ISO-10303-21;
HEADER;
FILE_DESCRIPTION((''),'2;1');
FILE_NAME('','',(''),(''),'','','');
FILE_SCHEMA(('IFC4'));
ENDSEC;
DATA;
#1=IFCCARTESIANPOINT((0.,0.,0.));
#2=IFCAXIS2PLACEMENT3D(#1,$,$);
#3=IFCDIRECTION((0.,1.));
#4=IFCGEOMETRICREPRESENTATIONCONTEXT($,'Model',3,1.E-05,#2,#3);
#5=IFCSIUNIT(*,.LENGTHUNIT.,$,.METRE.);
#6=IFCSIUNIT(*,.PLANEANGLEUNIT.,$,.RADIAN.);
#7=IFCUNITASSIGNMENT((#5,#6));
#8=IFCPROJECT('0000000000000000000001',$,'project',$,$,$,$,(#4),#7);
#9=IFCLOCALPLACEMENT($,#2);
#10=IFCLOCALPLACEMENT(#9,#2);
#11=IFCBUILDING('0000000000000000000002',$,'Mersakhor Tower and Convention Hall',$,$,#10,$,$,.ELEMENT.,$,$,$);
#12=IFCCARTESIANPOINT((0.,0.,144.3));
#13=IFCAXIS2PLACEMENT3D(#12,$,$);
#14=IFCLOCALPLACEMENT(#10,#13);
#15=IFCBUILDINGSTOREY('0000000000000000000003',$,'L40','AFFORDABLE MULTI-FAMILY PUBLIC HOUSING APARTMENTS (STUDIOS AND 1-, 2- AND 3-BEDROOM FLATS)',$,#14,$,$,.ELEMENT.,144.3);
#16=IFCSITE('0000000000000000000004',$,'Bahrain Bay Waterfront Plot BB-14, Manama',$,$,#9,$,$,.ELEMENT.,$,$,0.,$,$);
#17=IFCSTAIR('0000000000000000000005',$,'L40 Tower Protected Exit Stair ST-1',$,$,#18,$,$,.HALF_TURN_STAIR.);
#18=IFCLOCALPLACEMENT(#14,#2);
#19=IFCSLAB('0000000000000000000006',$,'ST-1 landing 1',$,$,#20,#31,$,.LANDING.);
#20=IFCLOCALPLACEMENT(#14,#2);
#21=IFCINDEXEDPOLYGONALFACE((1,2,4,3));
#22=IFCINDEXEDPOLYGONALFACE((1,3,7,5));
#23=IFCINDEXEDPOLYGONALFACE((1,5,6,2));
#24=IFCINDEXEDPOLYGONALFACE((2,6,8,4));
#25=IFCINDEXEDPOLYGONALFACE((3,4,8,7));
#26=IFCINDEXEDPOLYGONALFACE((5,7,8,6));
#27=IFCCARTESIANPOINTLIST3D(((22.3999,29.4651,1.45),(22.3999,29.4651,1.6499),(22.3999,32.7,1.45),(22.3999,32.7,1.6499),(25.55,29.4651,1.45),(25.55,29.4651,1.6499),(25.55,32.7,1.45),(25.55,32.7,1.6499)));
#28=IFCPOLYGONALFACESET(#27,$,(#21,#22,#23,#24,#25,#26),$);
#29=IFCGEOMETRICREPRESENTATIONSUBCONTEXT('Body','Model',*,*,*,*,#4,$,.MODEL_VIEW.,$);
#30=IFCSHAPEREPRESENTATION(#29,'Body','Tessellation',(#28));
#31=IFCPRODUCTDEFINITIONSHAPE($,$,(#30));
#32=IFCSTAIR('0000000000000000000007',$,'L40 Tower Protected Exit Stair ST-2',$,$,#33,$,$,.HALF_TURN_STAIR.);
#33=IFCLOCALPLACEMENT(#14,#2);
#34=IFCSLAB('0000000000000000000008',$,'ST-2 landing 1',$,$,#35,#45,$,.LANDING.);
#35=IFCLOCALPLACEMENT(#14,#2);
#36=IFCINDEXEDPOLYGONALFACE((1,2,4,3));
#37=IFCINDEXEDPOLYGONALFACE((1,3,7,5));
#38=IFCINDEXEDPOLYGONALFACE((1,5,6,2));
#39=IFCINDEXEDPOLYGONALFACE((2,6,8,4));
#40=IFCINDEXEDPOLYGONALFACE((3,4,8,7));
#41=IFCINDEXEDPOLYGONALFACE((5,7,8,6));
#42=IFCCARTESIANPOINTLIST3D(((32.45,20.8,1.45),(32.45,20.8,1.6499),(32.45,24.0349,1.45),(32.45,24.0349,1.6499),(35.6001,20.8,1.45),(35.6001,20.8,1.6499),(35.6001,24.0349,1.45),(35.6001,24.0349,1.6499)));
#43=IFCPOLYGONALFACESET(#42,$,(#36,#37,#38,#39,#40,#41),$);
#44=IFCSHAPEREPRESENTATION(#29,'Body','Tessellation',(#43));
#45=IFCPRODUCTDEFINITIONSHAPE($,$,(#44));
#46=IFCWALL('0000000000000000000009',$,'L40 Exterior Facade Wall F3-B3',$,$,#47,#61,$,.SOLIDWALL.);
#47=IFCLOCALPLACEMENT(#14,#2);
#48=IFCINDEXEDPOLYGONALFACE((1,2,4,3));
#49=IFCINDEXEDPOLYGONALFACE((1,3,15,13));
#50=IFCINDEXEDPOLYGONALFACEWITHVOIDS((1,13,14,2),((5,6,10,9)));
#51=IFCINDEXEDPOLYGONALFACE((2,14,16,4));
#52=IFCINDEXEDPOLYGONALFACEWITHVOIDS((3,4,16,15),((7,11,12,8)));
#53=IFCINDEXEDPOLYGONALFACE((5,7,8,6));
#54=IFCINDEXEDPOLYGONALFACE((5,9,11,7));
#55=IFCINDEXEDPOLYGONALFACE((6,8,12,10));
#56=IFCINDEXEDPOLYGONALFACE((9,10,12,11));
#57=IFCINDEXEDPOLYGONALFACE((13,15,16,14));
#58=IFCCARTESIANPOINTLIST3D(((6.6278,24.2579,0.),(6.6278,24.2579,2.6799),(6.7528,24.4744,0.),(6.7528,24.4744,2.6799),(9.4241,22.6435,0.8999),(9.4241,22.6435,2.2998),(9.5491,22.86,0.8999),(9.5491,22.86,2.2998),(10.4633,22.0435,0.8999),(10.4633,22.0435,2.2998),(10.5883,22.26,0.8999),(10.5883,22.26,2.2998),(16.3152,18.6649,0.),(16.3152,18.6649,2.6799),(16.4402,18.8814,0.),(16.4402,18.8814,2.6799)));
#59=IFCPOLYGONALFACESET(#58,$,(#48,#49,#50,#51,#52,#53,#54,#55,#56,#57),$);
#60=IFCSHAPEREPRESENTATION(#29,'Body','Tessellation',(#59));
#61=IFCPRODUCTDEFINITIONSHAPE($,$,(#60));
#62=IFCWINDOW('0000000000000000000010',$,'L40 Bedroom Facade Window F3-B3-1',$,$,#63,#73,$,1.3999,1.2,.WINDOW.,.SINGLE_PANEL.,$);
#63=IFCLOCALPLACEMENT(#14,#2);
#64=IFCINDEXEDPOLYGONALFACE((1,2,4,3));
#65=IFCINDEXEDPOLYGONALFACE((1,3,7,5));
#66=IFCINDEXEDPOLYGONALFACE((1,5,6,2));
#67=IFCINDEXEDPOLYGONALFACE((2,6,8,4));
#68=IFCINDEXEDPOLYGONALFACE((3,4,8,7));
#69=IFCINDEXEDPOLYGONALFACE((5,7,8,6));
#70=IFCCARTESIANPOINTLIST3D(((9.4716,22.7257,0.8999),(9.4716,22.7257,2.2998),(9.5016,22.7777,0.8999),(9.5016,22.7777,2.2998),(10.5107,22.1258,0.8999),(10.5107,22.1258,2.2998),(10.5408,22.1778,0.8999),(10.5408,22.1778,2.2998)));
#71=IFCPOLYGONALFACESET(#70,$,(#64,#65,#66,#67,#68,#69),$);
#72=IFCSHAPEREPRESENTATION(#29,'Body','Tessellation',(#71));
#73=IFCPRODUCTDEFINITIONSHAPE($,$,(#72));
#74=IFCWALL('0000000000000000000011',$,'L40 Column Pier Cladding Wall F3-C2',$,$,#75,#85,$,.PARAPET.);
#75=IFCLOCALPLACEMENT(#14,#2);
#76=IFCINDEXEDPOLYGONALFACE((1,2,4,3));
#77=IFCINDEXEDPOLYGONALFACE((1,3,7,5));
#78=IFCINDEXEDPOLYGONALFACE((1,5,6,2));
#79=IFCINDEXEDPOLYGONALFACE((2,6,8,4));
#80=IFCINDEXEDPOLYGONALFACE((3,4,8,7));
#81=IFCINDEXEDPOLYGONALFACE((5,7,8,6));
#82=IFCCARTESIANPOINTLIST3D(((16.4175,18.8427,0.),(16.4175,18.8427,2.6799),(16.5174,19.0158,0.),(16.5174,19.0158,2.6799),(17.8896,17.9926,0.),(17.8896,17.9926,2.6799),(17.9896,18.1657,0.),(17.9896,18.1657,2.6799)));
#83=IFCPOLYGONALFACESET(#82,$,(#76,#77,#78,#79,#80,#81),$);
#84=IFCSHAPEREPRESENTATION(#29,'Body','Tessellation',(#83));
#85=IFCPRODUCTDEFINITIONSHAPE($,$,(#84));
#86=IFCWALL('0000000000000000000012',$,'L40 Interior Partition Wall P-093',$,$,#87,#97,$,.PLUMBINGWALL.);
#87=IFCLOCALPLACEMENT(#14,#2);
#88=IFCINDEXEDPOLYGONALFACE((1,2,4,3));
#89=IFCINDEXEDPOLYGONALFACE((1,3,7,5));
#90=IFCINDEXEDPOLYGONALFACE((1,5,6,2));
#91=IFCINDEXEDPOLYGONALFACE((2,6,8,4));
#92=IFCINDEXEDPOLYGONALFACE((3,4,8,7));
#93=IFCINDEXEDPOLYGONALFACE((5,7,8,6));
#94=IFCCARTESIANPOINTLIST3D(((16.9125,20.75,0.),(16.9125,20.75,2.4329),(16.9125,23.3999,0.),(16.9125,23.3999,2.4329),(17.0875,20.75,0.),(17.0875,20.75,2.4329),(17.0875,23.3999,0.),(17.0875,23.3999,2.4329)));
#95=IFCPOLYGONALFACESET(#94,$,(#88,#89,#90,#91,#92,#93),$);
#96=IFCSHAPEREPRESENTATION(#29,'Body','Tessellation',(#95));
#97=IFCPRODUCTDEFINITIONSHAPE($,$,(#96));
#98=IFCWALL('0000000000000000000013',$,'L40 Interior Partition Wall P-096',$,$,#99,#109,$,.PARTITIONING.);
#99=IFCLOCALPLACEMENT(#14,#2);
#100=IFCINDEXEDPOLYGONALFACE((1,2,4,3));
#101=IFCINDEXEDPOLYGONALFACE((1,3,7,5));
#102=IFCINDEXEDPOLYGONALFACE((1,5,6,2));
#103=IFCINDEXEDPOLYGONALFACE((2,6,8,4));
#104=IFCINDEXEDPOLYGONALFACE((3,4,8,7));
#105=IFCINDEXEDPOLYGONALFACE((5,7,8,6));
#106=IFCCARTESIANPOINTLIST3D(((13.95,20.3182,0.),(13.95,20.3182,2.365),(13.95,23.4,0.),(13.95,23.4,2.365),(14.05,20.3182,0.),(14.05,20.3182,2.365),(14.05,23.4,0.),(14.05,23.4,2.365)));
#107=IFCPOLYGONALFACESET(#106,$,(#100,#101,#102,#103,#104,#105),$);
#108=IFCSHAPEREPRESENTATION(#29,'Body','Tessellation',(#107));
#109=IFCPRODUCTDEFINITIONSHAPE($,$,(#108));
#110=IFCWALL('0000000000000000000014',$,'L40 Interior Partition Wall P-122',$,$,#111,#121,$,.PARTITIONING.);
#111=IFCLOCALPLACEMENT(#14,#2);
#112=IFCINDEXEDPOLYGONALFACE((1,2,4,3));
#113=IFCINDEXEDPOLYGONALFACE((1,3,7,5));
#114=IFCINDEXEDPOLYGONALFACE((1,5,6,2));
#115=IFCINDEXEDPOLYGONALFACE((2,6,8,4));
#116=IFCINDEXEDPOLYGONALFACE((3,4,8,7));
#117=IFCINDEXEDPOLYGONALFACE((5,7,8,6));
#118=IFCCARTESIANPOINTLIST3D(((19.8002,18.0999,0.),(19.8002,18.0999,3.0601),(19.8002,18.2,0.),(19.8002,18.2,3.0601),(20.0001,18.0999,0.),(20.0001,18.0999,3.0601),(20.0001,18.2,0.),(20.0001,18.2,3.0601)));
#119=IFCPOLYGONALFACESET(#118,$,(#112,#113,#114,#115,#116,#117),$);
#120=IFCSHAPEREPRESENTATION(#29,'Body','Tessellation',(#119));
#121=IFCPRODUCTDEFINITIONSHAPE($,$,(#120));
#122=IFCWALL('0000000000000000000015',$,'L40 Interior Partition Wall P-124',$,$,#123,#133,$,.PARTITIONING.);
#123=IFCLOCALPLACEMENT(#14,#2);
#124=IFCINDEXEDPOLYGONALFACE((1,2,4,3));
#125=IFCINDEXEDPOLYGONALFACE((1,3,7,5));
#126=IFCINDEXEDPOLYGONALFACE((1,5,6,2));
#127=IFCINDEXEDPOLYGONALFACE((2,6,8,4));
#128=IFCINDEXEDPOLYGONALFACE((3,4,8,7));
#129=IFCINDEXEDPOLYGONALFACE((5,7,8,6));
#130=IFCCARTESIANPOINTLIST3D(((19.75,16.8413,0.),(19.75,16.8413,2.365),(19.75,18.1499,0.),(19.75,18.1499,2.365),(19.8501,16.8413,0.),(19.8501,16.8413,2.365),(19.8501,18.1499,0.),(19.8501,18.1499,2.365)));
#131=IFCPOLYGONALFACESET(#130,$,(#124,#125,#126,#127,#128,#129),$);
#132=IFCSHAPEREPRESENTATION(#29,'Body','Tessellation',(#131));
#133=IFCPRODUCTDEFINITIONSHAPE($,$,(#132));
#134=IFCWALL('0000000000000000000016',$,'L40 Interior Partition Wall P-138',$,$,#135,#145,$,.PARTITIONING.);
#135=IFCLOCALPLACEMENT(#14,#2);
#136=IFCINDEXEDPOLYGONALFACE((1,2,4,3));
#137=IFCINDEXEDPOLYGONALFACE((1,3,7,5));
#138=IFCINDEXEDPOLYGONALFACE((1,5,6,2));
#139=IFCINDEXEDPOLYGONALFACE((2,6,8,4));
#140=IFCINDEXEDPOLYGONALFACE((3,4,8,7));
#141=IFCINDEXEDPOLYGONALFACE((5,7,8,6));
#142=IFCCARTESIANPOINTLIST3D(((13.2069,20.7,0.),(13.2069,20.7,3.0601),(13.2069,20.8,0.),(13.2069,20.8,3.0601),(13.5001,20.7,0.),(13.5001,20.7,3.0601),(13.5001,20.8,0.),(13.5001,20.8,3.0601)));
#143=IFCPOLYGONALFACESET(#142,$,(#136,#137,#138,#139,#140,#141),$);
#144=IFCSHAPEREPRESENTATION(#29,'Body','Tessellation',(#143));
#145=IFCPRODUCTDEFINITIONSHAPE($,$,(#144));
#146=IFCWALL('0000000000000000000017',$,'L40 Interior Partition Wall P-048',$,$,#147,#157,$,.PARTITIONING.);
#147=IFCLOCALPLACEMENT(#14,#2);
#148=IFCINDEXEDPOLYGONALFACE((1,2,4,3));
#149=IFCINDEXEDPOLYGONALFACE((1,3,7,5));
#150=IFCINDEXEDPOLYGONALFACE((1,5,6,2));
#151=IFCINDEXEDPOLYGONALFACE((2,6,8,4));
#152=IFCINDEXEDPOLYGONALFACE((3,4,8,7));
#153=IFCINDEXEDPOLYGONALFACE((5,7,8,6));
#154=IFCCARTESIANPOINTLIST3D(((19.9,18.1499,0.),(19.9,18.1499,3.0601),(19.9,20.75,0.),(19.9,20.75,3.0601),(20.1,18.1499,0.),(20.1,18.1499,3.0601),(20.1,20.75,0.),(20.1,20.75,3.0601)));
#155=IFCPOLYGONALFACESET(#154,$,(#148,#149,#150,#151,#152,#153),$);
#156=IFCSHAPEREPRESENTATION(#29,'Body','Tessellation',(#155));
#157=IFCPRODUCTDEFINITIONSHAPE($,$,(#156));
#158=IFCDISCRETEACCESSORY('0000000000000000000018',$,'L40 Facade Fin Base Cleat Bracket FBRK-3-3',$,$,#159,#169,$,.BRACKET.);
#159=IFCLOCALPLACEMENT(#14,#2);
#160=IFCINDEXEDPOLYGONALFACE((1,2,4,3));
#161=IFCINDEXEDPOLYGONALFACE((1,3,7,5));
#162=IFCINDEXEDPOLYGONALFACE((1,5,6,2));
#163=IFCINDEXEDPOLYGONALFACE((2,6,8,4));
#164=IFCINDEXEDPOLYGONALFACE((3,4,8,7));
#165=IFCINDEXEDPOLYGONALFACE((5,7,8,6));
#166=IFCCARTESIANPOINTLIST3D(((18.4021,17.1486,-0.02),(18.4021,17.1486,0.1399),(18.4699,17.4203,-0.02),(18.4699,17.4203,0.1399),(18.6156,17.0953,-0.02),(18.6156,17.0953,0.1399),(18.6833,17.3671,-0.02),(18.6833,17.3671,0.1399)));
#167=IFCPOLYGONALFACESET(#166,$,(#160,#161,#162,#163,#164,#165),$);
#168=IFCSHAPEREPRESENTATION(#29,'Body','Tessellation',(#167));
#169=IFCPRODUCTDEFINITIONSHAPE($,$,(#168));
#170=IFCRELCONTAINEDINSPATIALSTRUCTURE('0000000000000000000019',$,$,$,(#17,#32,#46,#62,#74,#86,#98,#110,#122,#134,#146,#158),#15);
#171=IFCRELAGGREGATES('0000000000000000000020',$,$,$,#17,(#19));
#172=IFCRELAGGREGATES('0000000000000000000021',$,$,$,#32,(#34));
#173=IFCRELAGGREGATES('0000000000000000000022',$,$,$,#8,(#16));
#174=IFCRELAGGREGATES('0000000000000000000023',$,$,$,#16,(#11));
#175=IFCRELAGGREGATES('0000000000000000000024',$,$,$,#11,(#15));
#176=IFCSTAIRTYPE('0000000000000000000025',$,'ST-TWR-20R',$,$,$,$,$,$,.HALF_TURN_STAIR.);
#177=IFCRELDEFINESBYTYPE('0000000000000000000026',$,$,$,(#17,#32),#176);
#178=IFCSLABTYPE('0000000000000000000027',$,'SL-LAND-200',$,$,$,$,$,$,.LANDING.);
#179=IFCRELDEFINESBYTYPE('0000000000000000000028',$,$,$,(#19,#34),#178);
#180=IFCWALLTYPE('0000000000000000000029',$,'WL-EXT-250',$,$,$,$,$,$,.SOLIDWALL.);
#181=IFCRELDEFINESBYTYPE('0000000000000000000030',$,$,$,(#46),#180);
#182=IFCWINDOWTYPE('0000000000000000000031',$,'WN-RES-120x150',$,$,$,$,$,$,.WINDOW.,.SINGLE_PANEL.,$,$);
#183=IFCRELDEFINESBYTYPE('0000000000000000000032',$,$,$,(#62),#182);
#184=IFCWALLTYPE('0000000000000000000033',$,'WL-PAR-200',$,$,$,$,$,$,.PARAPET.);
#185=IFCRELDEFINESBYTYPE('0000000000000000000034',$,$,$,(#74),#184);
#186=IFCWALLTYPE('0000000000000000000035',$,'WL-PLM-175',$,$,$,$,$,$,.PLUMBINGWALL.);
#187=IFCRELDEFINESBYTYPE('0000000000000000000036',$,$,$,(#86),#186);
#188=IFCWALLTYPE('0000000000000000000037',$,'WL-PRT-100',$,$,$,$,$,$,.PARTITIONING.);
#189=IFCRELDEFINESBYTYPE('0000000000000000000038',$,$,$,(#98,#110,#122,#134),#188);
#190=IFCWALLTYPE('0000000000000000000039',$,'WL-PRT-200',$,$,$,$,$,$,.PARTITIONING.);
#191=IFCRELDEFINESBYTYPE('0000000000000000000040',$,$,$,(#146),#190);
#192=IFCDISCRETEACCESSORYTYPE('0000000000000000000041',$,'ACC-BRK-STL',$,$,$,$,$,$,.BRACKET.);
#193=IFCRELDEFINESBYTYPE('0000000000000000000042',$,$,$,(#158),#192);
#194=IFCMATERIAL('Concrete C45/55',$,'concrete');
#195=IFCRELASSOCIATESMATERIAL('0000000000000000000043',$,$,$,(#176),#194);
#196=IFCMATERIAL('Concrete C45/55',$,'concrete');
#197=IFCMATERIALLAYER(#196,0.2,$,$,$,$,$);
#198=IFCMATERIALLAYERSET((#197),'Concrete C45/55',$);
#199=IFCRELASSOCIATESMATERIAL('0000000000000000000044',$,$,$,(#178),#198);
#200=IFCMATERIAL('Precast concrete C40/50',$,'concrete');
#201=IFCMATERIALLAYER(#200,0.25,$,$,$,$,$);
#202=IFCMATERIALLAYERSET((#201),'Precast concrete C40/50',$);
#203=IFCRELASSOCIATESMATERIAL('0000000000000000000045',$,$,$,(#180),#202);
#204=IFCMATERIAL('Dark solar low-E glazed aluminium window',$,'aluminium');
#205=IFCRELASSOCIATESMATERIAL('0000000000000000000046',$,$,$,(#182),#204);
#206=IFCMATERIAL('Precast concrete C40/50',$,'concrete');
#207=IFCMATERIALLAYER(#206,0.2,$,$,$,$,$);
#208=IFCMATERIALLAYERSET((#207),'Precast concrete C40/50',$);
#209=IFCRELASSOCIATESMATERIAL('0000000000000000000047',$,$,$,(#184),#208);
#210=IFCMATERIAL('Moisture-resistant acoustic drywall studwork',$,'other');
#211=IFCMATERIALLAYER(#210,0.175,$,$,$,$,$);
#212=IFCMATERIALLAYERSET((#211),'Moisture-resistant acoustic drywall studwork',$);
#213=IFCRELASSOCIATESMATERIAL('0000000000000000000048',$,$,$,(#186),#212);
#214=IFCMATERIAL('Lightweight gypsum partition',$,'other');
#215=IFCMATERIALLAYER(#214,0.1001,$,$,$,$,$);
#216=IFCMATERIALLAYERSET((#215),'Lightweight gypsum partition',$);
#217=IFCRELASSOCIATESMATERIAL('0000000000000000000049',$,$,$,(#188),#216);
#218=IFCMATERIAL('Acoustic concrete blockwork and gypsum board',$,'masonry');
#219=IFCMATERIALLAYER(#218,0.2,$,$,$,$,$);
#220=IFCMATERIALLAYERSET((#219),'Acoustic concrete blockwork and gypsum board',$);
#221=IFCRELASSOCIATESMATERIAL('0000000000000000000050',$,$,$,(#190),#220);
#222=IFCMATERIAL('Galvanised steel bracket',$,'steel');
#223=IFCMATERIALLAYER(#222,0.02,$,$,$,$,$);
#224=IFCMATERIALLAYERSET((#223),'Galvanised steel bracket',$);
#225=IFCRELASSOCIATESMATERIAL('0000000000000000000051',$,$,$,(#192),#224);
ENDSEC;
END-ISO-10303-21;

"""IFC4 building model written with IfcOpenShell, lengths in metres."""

from ifc_helpers import new_model, si_unit, direction, frame, frame_2d, origin, origin_2d, place, context, subcontext, project, spatial, polyline, rectangle, outline, extrude, material, layer, layer_set, type_object, element, fill, aggregate, save


model = new_model("IFC4")

# Units and contexts
model_context = context("Model", 3, precision=1e-05, world=origin(), true_north=direction((0.0, 1.0)))
body_context = subcontext(model_context, "Body", "Model", "MODEL_VIEW")
ifc_project = project(units=[si_unit("LENGTHUNIT", "METRE"), si_unit("PLANEANGLEUNIT", "RADIAN")], contexts=[model_context])

# Site, building, storey
site_placement = place(None, origin())
site = spatial("IfcSite", under=ifc_project, at=site_placement, Name="Bahrain Bay Waterfront Plot BB-14, Manama", CompositionType="ELEMENT", RefElevation=0.0)
building_placement = place(site_placement, origin())
building = spatial("IfcBuilding", under=site, at=building_placement, Name="Mersakhor Tower and Convention Hall", CompositionType="ELEMENT")
storey_placement = place(building_placement, frame((0.0, 0.0, 144.3)))
storey = spatial("IfcBuildingStorey", under=building, at=storey_placement, Name="L40", Description="AFFORDABLE MULTI-FAMILY PUBLIC HOUSING APARTMENTS (STUDIOS AND 1-, 2- AND 3-BEDROOM FLATS)", CompositionType="ELEMENT", Elevation=144.3)

# Stairs, slabs
ifc_material_1 = material(Name="Concrete C45/55", Category="concrete")
stair_type = type_object("IfcStairType", Name="ST-TWR-20R", PredefinedType="HALF_TURN_STAIR", material=ifc_material_1)
stair_1_placement = place(storey_placement, origin())
stair_1 = element("IfcStair", 1, at=stair_1_placement, inside=storey, type_object=stair_type, Name="L40 Tower Protected Exit Stair ST-1", PredefinedType="HALF_TURN_STAIR")
ifc_material_2 = material(Name="Concrete C45/55", Category="concrete")
ifc_layer_1 = layer(ifc_material_2, 0.2)
ifc_layer_set_1 = layer_set([ifc_layer_1], Name="Concrete C45/55")
slab_type_1 = type_object("IfcSlabType", Name="SL-LAND-200", PredefinedType="LANDING", material=ifc_layer_set_1)
slab_1_placement = place(storey_placement, frame((0.0, 0.0, 1.45)))
slab_1 = element("IfcSlab", 2, at=slab_1_placement, type_object=slab_type_1, Name="ST-1 landing 1", PredefinedType="LANDING", context=body_context, shape_type="SweptSolid", body=[
    extrude(outline(polyline([(25.55, 29.4651), (25.55, 32.7), (22.3999, 32.7), (22.3999, 29.4651), (25.55, 29.4651)])), origin(), (0.0, 0.0, 1.0), 0.2),
])
aggregate(stair_1, [slab_1])
stair_2_placement = place(storey_placement, origin())
stair_2 = element("IfcStair", 3, at=stair_2_placement, inside=storey, type_object=stair_type, Name="L40 Tower Protected Exit Stair ST-2", PredefinedType="HALF_TURN_STAIR")
slab_2_placement = place(storey_placement, frame((0.0, 0.0, 1.45)))
slab_2 = element("IfcSlab", 4, at=slab_2_placement, type_object=slab_type_1, Name="ST-2 landing 1", PredefinedType="LANDING", context=body_context, shape_type="SweptSolid", body=[
    extrude(outline(polyline([(32.45, 24.0349), (32.45, 20.8), (35.6001, 20.8), (35.6001, 24.0349), (32.45, 24.0349)])), origin(), (0.0, 0.0, 1.0), 0.2),
])
aggregate(stair_2, [slab_2])

# Wall, opening, window
ifc_material_3 = material(Name="Precast concrete C40/50", Category="concrete")
ifc_layer_2 = layer(ifc_material_3, 0.25)
ifc_layer_set_2 = layer_set([ifc_layer_2], Name="Precast concrete C40/50")
wall_type_1 = type_object("IfcWallType", Name="WL-EXT-250", PredefinedType="SOLIDWALL", material=ifc_layer_set_2)
wall_1_placement = place(storey_placement, frame((16.3777, 18.7732, 0.0), z_axis=(0.0, 0.0, 1.0), x_axis=(-0.866028, 0.499996, 0.0)))
wall_1 = element("IfcWall", 5, at=wall_1_placement, inside=storey, type_object=wall_type_1, Name="L40 Exterior Facade Wall F3-B3", PredefinedType="SOLIDWALL", context=body_context, shape_type="SweptSolid", body=[
    extrude(rectangle(XDim=11.186, YDim=0.25, at=frame_2d((5.593, 0.0))), origin(), (0.0, 0.0, 1.0), 2.6799),
])
opening_placement = place(wall_1_placement, frame((6.7571, 0.0, 0.8999)))
opening = element("IfcOpeningElement", 6, at=opening_placement, cuts=wall_1, PredefinedType="OPENING", context=body_context, shape_type="SweptSolid", body=[
    extrude(rectangle(XDim=1.2, YDim=1.3999, at=frame_2d((0.6001, 0.7))), frame((0.0, 0.135, 0.0), z_axis=(0.0, -1.0, 0.0), x_axis=(1.0, 0.0, 0.0)), (0.0, 0.0, 1.0), 0.27),
])
ifc_material_4 = material(Name="Dark solar low-E glazed aluminium window", Category="aluminium")
window_type = type_object("IfcWindowType", Name="WN-RES-120x150", PartitioningType="SINGLE_PANEL", PredefinedType="WINDOW", material=ifc_material_4)
window_placement = place(opening_placement, origin())
window = element("IfcWindow", 7, at=window_placement, inside=storey, type_object=window_type, Name="L40 Bedroom Facade Window F3-B3-1", OverallHeight=1.3999, OverallWidth=1.2, PartitioningType="SINGLE_PANEL", PredefinedType="WINDOW", context=body_context, shape_type="SweptSolid", body=[
    extrude(rectangle(XDim=1.2, YDim=1.3999, at=frame_2d((0.6001, 0.7))), frame((0.0, 0.03, 0.0), z_axis=(0.0, -1.0, 0.0), x_axis=(1.0, 0.0, 0.0)), (0.0, 0.0, 1.0), 0.0601),
])
fill(opening, window)

# Walls
ifc_material_5 = material(Name="Precast concrete C40/50", Category="concrete")
ifc_layer_3 = layer(ifc_material_5, 0.2)
ifc_layer_set_3 = layer_set([ifc_layer_3], Name="Precast concrete C40/50")
wall_type_2 = type_object("IfcWallType", Name="WL-PAR-200", PredefinedType="PARAPET", material=ifc_layer_set_3)
wall_2_placement = place(storey_placement, frame((17.9397, 18.0791, 0.0), z_axis=(0.0, 0.0, 1.0), x_axis=(-0.865989, 0.500062, 0.0)))
element("IfcWall", 8, at=wall_2_placement, inside=storey, type_object=wall_type_2, Name="L40 Column Pier Cladding Wall F3-C2", PredefinedType="PARAPET", context=body_context, shape_type="SweptSolid", body=[
    extrude(rectangle(XDim=1.7, YDim=0.2, at=frame_2d((0.8501, 0.0))), origin(), (0.0, 0.0, 1.0), 2.6799),
])
ifc_material_6 = material(Name="Moisture-resistant acoustic drywall studwork", Category="other")
ifc_layer_4 = layer(ifc_material_6, 0.175)
ifc_layer_set_4 = layer_set([ifc_layer_4], Name="Moisture-resistant acoustic drywall studwork")
wall_type_3 = type_object("IfcWallType", Name="WL-PLM-175", PredefinedType="PLUMBINGWALL", material=ifc_layer_set_4)
wall_3_placement = place(storey_placement, frame((17.0, 20.75, 0.0), z_axis=(0.0, 0.0, 1.0), x_axis=(0.0, 1.0, 0.0)))
element("IfcWall", 9, at=wall_3_placement, inside=storey, type_object=wall_type_3, Name="L40 Interior Partition Wall P-093", PredefinedType="PLUMBINGWALL", context=body_context, shape_type="SweptSolid", body=[
    extrude(rectangle(XDim=2.6499, YDim=0.175, at=frame_2d((1.325, 0.0))), origin(), (0.0, 0.0, 1.0), 2.4329),
])
ifc_material_7 = material(Name="Lightweight gypsum partition", Category="other")
ifc_layer_5 = layer(ifc_material_7, 0.1001)
ifc_layer_set_5 = layer_set([ifc_layer_5], Name="Lightweight gypsum partition")
wall_type_4 = type_object("IfcWallType", Name="WL-PRT-100", PredefinedType="PARTITIONING", material=ifc_layer_set_5)
wall_4_placement = place(storey_placement, frame((14.0, 20.3181, 0.0), z_axis=(0.0, 0.0, 1.0), x_axis=(0.0, 1.0, 0.0)))
element("IfcWall", 10, at=wall_4_placement, inside=storey, type_object=wall_type_4, Name="L40 Interior Partition Wall P-096", PredefinedType="PARTITIONING", context=body_context, shape_type="SweptSolid", body=[
    extrude(rectangle(XDim=3.0818, YDim=0.1001, at=frame_2d((1.541, 0.0))), origin(), (0.0, 0.0, 1.0), 2.365),
])
wall_5_placement = place(storey_placement, frame((19.8, 18.1499, 0.0), z_axis=(0.0, 0.0, 1.0), x_axis=(1.0, 0.0, 0.0)))
element("IfcWall", 11, at=wall_5_placement, inside=storey, type_object=wall_type_4, Name="L40 Interior Partition Wall P-122", PredefinedType="PARTITIONING", context=body_context, shape_type="SweptSolid", body=[
    extrude(rectangle(XDim=0.2, YDim=0.1001, at=frame_2d((0.1001, 0.0))), origin(), (0.0, 0.0, 1.0), 3.0601),
])
wall_6_placement = place(storey_placement, frame((19.8, 16.8413, 0.0), z_axis=(0.0, 0.0, 1.0), x_axis=(0.0, 1.0, 0.0)))
element("IfcWall", 12, at=wall_6_placement, inside=storey, type_object=wall_type_4, Name="L40 Interior Partition Wall P-124", PredefinedType="PARTITIONING", context=body_context, shape_type="SweptSolid", body=[
    extrude(rectangle(XDim=1.3086, YDim=0.1001, at=frame_2d((0.6543, 0.0))), origin(), (0.0, 0.0, 1.0), 2.365),
])
wall_7_placement = place(storey_placement, frame((13.5, 20.75, 0.0), z_axis=(0.0, 0.0, 1.0), x_axis=(-1.0, 0.0, 0.0)))
element("IfcWall", 13, at=wall_7_placement, inside=storey, type_object=wall_type_4, Name="L40 Interior Partition Wall P-138", PredefinedType="PARTITIONING", context=body_context, shape_type="SweptSolid", body=[
    extrude(rectangle(XDim=0.2932, YDim=0.1001, at=frame_2d((0.1465, 0.0))), origin(), (0.0, 0.0, 1.0), 3.0601),
])
ifc_material_8 = material(Name="Acoustic concrete blockwork and gypsum board", Category="masonry")
ifc_layer_6 = layer(ifc_material_8, 0.2)
ifc_layer_set_6 = layer_set([ifc_layer_6], Name="Acoustic concrete blockwork and gypsum board")
wall_type_5 = type_object("IfcWallType", Name="WL-PRT-200", PredefinedType="PARTITIONING", material=ifc_layer_set_6)
wall_8_placement = place(storey_placement, frame((20.0, 18.1499, 0.0), z_axis=(0.0, 0.0, 1.0), x_axis=(0.0, 1.0, 0.0)))
element("IfcWall", 14, at=wall_8_placement, inside=storey, type_object=wall_type_5, Name="L40 Interior Partition Wall P-048", PredefinedType="PARTITIONING", context=body_context, shape_type="SweptSolid", body=[
    extrude(rectangle(XDim=2.6001, YDim=0.2, at=frame_2d((1.3, 0.0))), origin(), (0.0, 0.0, 1.0), 3.0601),
])

# Discrete accessory
ifc_material_9 = material(Name="Galvanised steel bracket", Category="steel")
ifc_layer_7 = layer(ifc_material_9, 0.02)
ifc_layer_set_7 = layer_set([ifc_layer_7], Name="Galvanised steel bracket")
discrete_accessory_type = type_object("IfcDiscreteAccessoryType", Name="ACC-BRK-STL", PredefinedType="BRACKET", material=ifc_layer_set_7)
discrete_accessory_placement = place(storey_placement, frame((18.5427, 17.2578, -0.02), z_axis=(0.0, 0.0, 1.0), x_axis=(-0.241922, -0.970296, 0.0)))
element("IfcDiscreteAccessory", 15, at=discrete_accessory_placement, inside=storey, type_object=discrete_accessory_type, Name="L40 Facade Fin Base Cleat Bracket FBRK-3-3", PredefinedType="BRACKET", context=body_context, shape_type="SweptSolid", body=[
    extrude(rectangle(XDim=0.28, YDim=0.22, at=origin_2d()), origin(), (0.0, 0.0, 1.0), 0.1599),
])

save(model, "model.ifc")
